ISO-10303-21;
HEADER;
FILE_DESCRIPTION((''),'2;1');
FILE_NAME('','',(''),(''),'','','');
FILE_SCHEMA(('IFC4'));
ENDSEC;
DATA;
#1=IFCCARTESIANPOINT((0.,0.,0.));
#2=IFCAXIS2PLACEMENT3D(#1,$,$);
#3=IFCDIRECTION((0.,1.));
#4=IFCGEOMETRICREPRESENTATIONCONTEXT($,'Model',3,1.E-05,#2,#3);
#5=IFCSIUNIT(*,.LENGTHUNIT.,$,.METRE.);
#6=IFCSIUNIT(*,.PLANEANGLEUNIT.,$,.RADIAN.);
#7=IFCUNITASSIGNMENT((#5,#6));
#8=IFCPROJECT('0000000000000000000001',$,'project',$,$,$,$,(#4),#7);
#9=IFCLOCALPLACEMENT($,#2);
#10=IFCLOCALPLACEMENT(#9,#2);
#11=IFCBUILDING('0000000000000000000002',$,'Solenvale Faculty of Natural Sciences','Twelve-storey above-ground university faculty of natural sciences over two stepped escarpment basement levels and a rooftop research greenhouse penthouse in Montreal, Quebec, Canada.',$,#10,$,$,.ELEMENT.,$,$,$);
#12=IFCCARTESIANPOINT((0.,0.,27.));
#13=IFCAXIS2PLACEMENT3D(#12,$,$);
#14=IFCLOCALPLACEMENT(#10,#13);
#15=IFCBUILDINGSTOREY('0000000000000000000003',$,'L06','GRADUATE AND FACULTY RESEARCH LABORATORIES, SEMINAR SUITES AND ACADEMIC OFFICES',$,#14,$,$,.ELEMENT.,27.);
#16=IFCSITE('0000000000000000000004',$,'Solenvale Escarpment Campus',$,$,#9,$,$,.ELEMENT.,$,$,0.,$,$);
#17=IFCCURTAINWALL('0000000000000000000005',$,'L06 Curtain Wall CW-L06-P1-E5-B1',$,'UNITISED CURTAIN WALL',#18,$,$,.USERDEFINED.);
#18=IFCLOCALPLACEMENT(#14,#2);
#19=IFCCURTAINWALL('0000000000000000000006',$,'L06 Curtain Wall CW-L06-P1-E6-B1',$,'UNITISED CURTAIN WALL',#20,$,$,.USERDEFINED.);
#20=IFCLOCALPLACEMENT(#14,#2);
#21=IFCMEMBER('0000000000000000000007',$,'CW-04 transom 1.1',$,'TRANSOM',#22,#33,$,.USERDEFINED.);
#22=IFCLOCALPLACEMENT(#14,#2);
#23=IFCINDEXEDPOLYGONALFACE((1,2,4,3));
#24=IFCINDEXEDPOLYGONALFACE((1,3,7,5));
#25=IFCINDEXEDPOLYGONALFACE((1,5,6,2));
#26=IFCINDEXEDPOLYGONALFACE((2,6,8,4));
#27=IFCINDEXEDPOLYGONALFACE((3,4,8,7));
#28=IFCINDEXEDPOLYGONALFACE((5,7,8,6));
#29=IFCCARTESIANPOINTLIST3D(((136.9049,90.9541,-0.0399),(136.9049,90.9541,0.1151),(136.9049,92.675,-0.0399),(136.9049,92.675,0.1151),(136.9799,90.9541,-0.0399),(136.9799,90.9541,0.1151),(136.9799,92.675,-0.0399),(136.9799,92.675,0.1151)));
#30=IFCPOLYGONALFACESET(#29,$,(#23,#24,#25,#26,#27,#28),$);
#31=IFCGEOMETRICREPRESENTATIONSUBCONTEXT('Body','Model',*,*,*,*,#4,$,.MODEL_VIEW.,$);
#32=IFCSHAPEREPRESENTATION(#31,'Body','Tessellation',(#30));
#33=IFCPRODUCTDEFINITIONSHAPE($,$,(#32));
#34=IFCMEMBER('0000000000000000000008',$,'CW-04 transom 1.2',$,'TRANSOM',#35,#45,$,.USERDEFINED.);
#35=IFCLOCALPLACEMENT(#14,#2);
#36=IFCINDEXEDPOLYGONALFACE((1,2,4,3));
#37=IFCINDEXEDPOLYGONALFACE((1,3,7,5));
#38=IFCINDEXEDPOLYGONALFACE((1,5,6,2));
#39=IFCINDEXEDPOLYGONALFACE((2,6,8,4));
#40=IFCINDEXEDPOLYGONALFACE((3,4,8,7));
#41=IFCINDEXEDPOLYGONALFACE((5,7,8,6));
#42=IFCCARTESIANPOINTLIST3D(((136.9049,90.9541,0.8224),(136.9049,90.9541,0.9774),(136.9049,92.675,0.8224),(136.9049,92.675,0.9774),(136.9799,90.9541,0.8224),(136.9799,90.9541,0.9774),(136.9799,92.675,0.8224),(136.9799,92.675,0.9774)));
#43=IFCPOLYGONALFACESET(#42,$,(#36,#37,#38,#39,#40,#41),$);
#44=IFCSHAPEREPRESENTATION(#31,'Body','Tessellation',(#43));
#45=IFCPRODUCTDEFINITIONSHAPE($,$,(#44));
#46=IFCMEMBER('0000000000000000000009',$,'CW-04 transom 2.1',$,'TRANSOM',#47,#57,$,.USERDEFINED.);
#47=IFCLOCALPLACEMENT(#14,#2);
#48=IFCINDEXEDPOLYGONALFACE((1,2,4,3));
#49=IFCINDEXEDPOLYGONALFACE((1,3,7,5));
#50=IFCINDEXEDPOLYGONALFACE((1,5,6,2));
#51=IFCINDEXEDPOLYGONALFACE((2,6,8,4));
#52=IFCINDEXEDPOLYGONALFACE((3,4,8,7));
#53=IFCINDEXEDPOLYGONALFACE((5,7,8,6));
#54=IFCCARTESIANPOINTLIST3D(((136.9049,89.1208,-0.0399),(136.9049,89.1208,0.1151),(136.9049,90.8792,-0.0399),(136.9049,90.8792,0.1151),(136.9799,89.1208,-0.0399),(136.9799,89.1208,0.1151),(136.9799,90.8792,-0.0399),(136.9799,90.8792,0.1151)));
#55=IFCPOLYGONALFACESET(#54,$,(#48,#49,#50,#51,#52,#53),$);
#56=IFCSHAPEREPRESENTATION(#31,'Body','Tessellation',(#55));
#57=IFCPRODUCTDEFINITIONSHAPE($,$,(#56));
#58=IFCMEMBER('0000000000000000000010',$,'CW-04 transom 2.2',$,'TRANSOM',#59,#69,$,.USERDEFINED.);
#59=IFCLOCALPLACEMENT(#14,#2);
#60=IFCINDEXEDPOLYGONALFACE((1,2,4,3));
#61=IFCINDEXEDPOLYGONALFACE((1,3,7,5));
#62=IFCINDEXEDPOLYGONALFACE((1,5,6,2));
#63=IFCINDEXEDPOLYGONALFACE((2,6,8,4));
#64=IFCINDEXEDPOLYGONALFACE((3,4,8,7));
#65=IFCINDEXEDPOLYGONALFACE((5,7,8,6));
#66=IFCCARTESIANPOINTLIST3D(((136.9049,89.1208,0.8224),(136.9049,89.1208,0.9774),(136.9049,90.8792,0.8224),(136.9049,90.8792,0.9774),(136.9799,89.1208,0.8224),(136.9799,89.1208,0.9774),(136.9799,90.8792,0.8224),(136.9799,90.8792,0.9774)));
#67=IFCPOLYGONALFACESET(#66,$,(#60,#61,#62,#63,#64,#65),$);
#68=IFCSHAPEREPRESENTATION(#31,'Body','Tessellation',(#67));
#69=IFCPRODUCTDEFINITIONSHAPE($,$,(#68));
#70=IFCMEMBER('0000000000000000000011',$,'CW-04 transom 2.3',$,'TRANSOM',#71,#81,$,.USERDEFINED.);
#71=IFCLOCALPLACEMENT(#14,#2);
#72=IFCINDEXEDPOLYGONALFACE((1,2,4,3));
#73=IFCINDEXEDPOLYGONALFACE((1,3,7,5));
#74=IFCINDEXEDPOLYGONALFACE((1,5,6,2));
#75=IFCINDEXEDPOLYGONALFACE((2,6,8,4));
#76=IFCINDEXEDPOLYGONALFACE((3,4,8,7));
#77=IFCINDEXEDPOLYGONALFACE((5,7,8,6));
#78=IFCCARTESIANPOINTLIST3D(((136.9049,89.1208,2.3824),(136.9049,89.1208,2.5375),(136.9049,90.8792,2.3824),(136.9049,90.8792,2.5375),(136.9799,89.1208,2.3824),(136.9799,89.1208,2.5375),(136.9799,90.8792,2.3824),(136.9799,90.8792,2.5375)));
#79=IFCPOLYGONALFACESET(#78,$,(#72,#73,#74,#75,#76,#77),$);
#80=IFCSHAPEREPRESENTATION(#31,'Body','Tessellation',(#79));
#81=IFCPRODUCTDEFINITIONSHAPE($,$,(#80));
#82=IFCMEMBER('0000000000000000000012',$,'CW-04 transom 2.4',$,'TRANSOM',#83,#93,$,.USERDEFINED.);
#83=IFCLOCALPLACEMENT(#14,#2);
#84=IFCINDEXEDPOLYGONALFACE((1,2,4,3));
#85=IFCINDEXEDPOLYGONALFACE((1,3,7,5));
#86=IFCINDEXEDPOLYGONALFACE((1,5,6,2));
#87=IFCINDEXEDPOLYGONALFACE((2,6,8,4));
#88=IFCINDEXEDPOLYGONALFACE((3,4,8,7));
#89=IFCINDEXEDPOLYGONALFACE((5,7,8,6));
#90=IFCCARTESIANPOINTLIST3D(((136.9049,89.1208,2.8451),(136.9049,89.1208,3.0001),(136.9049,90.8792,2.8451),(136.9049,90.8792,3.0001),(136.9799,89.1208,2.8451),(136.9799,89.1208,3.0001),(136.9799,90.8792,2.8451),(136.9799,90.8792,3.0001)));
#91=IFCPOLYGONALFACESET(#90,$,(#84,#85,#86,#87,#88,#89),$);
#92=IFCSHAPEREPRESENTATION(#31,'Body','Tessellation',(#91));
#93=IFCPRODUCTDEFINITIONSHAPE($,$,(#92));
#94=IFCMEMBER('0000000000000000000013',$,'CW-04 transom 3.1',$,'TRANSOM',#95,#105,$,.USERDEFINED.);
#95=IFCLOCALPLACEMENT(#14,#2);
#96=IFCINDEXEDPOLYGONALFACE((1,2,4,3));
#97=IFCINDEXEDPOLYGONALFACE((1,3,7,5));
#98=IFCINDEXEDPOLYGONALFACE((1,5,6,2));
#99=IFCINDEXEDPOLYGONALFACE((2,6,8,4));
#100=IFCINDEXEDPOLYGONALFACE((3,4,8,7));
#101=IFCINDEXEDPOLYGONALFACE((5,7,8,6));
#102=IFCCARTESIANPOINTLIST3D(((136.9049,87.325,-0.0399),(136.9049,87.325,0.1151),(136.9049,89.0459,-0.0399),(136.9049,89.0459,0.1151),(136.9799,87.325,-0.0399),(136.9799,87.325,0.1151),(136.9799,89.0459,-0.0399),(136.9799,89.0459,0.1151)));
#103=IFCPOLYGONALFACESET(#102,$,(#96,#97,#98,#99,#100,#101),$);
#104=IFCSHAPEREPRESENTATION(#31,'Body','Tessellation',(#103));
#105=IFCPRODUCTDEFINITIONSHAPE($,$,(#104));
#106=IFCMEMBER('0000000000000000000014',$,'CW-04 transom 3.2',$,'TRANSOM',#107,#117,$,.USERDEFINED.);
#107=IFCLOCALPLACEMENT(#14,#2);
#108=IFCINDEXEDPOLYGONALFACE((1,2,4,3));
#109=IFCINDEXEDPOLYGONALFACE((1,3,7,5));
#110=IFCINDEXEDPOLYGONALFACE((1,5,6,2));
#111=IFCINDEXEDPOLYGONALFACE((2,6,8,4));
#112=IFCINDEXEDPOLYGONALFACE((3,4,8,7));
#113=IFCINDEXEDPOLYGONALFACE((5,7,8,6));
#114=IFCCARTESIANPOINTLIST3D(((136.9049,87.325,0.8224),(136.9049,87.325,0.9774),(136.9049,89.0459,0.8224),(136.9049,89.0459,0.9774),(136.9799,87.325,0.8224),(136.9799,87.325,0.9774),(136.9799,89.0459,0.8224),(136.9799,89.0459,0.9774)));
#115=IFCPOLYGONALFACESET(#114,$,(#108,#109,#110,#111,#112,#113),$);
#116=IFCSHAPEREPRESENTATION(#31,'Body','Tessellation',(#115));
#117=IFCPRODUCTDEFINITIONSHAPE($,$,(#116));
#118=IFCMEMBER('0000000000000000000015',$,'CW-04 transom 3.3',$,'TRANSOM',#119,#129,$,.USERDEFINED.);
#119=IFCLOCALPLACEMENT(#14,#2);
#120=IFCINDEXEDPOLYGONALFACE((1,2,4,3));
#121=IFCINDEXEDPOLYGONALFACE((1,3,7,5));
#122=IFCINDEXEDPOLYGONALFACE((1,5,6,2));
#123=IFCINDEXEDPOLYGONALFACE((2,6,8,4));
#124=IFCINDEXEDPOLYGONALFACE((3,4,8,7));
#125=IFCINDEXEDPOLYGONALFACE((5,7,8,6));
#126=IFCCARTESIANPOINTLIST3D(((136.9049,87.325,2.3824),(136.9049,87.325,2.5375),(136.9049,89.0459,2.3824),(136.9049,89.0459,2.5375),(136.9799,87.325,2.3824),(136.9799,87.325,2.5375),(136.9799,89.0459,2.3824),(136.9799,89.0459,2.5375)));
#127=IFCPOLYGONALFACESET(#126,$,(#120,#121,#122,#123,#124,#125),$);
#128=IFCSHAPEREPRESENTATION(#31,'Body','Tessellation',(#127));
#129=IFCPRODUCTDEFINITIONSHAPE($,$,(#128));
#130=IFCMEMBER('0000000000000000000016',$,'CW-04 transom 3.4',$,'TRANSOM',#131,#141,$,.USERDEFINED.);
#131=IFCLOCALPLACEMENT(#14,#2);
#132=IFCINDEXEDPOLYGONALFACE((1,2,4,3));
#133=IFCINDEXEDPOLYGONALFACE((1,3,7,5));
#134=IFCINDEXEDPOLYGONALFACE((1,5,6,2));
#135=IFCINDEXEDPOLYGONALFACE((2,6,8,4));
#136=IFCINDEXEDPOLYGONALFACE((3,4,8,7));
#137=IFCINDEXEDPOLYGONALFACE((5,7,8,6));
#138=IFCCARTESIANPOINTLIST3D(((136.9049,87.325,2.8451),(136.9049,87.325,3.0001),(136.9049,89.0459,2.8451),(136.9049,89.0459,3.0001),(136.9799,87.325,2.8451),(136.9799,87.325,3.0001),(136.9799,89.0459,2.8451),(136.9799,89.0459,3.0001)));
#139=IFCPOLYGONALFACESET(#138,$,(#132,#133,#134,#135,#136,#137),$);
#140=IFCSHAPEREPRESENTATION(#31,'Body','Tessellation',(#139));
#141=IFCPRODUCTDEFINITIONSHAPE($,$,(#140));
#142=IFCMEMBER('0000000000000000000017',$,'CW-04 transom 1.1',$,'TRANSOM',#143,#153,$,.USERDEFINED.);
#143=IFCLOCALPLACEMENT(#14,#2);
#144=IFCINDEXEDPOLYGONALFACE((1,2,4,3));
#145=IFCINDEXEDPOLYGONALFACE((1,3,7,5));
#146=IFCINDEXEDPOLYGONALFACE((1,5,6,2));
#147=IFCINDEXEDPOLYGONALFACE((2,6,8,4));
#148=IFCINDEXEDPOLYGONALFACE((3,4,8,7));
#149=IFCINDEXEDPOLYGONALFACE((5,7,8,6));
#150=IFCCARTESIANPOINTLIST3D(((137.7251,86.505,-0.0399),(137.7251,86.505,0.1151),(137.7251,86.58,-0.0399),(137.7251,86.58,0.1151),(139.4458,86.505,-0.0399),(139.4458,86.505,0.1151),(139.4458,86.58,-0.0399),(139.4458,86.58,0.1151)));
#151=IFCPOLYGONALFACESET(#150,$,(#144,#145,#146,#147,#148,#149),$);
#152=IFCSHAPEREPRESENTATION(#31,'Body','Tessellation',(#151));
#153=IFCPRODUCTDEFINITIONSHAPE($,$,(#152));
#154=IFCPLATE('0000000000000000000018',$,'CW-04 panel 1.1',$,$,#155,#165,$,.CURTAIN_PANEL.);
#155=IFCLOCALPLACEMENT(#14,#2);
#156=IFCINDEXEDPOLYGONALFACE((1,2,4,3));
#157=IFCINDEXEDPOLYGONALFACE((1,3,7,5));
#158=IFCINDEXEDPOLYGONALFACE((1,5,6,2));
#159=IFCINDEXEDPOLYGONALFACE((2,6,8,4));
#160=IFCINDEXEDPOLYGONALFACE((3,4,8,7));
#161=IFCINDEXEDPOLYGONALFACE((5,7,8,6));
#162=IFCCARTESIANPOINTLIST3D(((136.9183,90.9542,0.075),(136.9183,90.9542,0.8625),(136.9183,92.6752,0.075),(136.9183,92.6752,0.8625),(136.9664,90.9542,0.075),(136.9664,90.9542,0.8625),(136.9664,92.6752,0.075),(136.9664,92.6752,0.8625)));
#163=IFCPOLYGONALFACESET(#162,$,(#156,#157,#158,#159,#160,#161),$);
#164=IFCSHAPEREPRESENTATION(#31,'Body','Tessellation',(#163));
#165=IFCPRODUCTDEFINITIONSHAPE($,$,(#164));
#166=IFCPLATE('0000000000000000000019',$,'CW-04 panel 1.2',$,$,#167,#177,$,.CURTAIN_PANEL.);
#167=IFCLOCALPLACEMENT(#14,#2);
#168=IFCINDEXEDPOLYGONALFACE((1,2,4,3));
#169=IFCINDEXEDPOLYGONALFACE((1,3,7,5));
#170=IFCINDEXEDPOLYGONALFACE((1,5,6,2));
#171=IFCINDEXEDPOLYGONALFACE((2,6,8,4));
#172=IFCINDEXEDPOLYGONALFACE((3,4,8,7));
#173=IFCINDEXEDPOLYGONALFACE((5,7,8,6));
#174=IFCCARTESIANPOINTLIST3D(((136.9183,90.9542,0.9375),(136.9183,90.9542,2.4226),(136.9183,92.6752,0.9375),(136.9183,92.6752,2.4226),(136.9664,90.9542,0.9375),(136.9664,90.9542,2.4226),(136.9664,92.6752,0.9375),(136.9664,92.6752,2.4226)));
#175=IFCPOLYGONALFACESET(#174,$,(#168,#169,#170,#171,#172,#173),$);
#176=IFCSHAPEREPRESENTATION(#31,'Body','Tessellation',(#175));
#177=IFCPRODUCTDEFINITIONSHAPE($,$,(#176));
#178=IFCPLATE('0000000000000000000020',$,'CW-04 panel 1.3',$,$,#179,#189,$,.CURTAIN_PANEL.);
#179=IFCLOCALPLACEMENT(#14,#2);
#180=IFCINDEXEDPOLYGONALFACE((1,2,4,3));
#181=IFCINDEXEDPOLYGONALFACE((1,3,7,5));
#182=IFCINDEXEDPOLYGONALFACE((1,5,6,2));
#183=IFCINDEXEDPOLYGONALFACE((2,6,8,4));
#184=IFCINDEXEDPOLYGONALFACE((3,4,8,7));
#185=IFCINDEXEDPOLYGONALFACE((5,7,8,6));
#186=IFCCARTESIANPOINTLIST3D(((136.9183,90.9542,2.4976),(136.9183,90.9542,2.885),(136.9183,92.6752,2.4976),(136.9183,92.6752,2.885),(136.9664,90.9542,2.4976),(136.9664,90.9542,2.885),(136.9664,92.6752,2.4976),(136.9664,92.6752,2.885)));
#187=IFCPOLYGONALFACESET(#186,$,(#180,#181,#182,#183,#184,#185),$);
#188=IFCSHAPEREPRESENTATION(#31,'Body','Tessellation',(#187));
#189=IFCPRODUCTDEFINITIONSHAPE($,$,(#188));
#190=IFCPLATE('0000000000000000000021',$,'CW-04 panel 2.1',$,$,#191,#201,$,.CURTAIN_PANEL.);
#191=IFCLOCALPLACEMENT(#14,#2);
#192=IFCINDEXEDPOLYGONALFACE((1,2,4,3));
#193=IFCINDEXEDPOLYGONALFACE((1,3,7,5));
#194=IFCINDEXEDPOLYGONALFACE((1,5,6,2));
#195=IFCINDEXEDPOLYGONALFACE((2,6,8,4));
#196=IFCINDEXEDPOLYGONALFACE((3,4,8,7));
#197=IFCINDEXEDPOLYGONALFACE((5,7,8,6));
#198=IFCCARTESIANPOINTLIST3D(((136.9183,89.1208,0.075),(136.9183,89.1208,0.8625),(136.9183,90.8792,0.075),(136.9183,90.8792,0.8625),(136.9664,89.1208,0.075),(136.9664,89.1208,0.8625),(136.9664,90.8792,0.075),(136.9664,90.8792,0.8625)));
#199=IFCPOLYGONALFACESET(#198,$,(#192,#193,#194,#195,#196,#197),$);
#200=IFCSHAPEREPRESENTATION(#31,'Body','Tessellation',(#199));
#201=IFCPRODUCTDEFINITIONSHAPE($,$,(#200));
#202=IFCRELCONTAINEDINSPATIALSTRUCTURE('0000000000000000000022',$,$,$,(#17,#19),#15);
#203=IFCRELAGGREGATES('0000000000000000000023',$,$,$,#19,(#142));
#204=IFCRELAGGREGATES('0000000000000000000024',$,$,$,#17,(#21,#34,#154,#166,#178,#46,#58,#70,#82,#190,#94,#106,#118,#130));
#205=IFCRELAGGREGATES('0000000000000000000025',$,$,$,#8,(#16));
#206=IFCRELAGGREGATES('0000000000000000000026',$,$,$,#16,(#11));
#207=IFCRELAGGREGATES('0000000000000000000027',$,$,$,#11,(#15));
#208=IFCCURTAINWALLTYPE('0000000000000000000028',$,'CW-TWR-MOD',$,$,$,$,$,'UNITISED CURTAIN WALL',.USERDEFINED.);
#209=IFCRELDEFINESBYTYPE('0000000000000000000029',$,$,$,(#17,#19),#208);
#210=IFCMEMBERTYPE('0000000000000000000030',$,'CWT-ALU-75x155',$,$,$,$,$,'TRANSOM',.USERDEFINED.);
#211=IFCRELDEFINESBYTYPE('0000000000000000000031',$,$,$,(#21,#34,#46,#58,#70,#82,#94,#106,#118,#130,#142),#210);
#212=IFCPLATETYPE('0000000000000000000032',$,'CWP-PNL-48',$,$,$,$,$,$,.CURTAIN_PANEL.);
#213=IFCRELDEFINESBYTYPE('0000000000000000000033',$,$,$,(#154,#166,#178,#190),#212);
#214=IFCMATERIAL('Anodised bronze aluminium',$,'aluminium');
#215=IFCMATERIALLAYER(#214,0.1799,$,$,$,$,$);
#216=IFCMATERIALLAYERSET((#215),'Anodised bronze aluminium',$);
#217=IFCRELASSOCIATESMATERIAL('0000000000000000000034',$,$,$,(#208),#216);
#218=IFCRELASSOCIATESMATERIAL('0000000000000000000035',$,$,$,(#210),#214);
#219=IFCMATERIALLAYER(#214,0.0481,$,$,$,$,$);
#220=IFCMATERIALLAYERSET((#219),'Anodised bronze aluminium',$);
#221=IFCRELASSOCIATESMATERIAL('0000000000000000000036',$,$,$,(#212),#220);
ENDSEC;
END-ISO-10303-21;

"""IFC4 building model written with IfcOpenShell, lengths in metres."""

from ifc_helpers import new_model, si_unit, direction, frame, origin, origin_2d, place, context, subcontext, project, spatial, rectangle, extrude, material, layer, layer_set, material_profile, profile_set, type_object, element, aggregate, save


model = new_model("IFC4")

# Units and contexts
model_context = context("Model", 3, precision=1e-05, world=origin(), true_north=direction((0.0, 1.0)))
body_context = subcontext(model_context, "Body", "Model", "MODEL_VIEW")
ifc_project = project(units=[si_unit("LENGTHUNIT", "METRE"), si_unit("PLANEANGLEUNIT", "RADIAN")], contexts=[model_context])

# Site, building, storey
site_placement = place(None, origin())
site = spatial("IfcSite", under=ifc_project, at=site_placement, Name="Solenvale Escarpment Campus", CompositionType="ELEMENT", RefElevation=0.0)
building_placement = place(site_placement, origin())
building = spatial("IfcBuilding", under=site, at=building_placement, Name="Solenvale Faculty of Natural Sciences", Description="Twelve-storey above-ground university faculty of natural sciences over two stepped escarpment basement levels and a rooftop research greenhouse penthouse in Montreal, Quebec, Canada.", CompositionType="ELEMENT")
storey_placement = place(building_placement, frame((0.0, 0.0, 27.0)))
storey = spatial("IfcBuildingStorey", under=building, at=storey_placement, Name="L06", Description="GRADUATE AND FACULTY RESEARCH LABORATORIES, SEMINAR SUITES AND ACADEMIC OFFICES", CompositionType="ELEMENT", Elevation=27.0)

# Curtain wall
ifc_material_1 = material(Name="Anodised bronze aluminium", Category="aluminium")
ifc_layer_1 = layer(ifc_material_1, 0.1799)
ifc_layer_set_1 = layer_set([ifc_layer_1], Name="Anodised bronze aluminium")
curtain_wall_type = type_object("IfcCurtainWallType", Name="CW-TWR-MOD", ElementType="UNITISED CURTAIN WALL", PredefinedType="USERDEFINED", material=ifc_layer_set_1)
curtain_wall_1_placement = place(storey_placement, origin())
curtain_wall_1 = element("IfcCurtainWall", 1, at=curtain_wall_1_placement, inside=storey, type_object=curtain_wall_type, Name="L06 Curtain Wall CW-L06-P1-E5-B1", ObjectType="UNITISED CURTAIN WALL", PredefinedType="USERDEFINED")

# Curtain wall
curtain_wall_2_placement = place(storey_placement, origin())
curtain_wall_2 = element("IfcCurtainWall", 2, at=curtain_wall_2_placement, inside=storey, type_object=curtain_wall_type, Name="L06 Curtain Wall CW-L06-P1-E6-B1", ObjectType="UNITISED CURTAIN WALL", PredefinedType="USERDEFINED")

# Members
ifc_material_profile_1 = material_profile(ifc_material_1, rectangle(XDim=0.075, YDim=0.155, at=origin_2d()), Name="ALU-TRN-75x155")
ifc_profile_set_1 = profile_set([ifc_material_profile_1], Name="Anodised bronze aluminium")
member_type_1 = type_object("IfcMemberType", Name="CWT-ALU-75x155", ElementType="TRANSOM", PredefinedType="USERDEFINED", material=ifc_profile_set_1)
member_1_placement = place(storey_placement, frame((136.9424, 92.675, 0.0376), z_axis=(0.0, -1.0, 0.0), x_axis=(1.0, 0.0, 0.0)))
member_1 = element("IfcMember", 3, at=member_1_placement, type_object=member_type_1, Name="CW-04 transom 1.1", ObjectType="TRANSOM", PredefinedType="USERDEFINED", context=body_context, shape_type="SweptSolid", body=[
    extrude(rectangle(XDim=0.075, YDim=0.155, at=origin_2d()), origin(), (0.0, 0.0, 1.0), 1.7209),
])
member_2_placement = place(storey_placement, frame((136.9424, 92.675, 0.8999), z_axis=(0.0, -1.0, 0.0), x_axis=(1.0, 0.0, 0.0)))
member_2 = element("IfcMember", 4, at=member_2_placement, type_object=member_type_1, Name="CW-04 transom 1.2", ObjectType="TRANSOM", PredefinedType="USERDEFINED", context=body_context, shape_type="SweptSolid", body=[
    extrude(rectangle(XDim=0.075, YDim=0.155, at=origin_2d()), origin(), (0.0, 0.0, 1.0), 1.7209),
])
member_3_placement = place(storey_placement, frame((136.9424, 90.8792, 0.0376), z_axis=(0.0, -1.0, 0.0), x_axis=(1.0, 0.0, 0.0)))
member_3 = element("IfcMember", 5, at=member_3_placement, type_object=member_type_1, Name="CW-04 transom 2.1", ObjectType="TRANSOM", PredefinedType="USERDEFINED", context=body_context, shape_type="SweptSolid", body=[
    extrude(rectangle(XDim=0.075, YDim=0.155, at=origin_2d()), origin(), (0.0, 0.0, 1.0), 1.7583),
])
member_4_placement = place(storey_placement, frame((136.9424, 90.8792, 0.8999), z_axis=(0.0, -1.0, 0.0), x_axis=(1.0, 0.0, 0.0)))
member_4 = element("IfcMember", 6, at=member_4_placement, type_object=member_type_1, Name="CW-04 transom 2.2", ObjectType="TRANSOM", PredefinedType="USERDEFINED", context=body_context, shape_type="SweptSolid", body=[
    extrude(rectangle(XDim=0.075, YDim=0.155, at=origin_2d()), origin(), (0.0, 0.0, 1.0), 1.7583),
])
member_5_placement = place(storey_placement, frame((136.9424, 90.8792, 2.46), z_axis=(0.0, -1.0, 0.0), x_axis=(1.0, 0.0, 0.0)))
member_5 = element("IfcMember", 7, at=member_5_placement, type_object=member_type_1, Name="CW-04 transom 2.3", ObjectType="TRANSOM", PredefinedType="USERDEFINED", context=body_context, shape_type="SweptSolid", body=[
    extrude(rectangle(XDim=0.075, YDim=0.155, at=origin_2d()), origin(), (0.0, 0.0, 1.0), 1.7583),
])
member_6_placement = place(storey_placement, frame((136.9424, 90.8792, 2.9226), z_axis=(0.0, -1.0, 0.0), x_axis=(1.0, 0.0, 0.0)))
member_6 = element("IfcMember", 8, at=member_6_placement, type_object=member_type_1, Name="CW-04 transom 2.4", ObjectType="TRANSOM", PredefinedType="USERDEFINED", context=body_context, shape_type="SweptSolid", body=[
    extrude(rectangle(XDim=0.075, YDim=0.155, at=origin_2d()), origin(), (0.0, 0.0, 1.0), 1.7583),
])
member_7_placement = place(storey_placement, frame((136.9424, 89.0459, 0.0376), z_axis=(0.0, -1.0, 0.0), x_axis=(1.0, 0.0, 0.0)))
member_7 = element("IfcMember", 9, at=member_7_placement, type_object=member_type_1, Name="CW-04 transom 3.1", ObjectType="TRANSOM", PredefinedType="USERDEFINED", context=body_context, shape_type="SweptSolid", body=[
    extrude(rectangle(XDim=0.075, YDim=0.155, at=origin_2d()), origin(), (0.0, 0.0, 1.0), 1.7209),
])
member_8_placement = place(storey_placement, frame((136.9424, 89.0459, 0.8999), z_axis=(0.0, -1.0, 0.0), x_axis=(1.0, 0.0, 0.0)))
member_8 = element("IfcMember", 10, at=member_8_placement, type_object=member_type_1, Name="CW-04 transom 3.2", ObjectType="TRANSOM", PredefinedType="USERDEFINED", context=body_context, shape_type="SweptSolid", body=[
    extrude(rectangle(XDim=0.075, YDim=0.155, at=origin_2d()), origin(), (0.0, 0.0, 1.0), 1.7209),
])
member_9_placement = place(storey_placement, frame((136.9424, 89.0459, 2.46), z_axis=(0.0, -1.0, 0.0), x_axis=(1.0, 0.0, 0.0)))
member_9 = element("IfcMember", 11, at=member_9_placement, type_object=member_type_1, Name="CW-04 transom 3.3", ObjectType="TRANSOM", PredefinedType="USERDEFINED", context=body_context, shape_type="SweptSolid", body=[
    extrude(rectangle(XDim=0.075, YDim=0.155, at=origin_2d()), origin(), (0.0, 0.0, 1.0), 1.7209),
])
member_10_placement = place(storey_placement, frame((136.9424, 89.0459, 2.9226), z_axis=(0.0, -1.0, 0.0), x_axis=(1.0, 0.0, 0.0)))
member_10 = element("IfcMember", 12, at=member_10_placement, type_object=member_type_1, Name="CW-04 transom 3.4", ObjectType="TRANSOM", PredefinedType="USERDEFINED", context=body_context, shape_type="SweptSolid", body=[
    extrude(rectangle(XDim=0.075, YDim=0.155, at=origin_2d()), origin(), (0.0, 0.0, 1.0), 1.7209),
])
member_11_placement = place(storey_placement, frame((137.7251, 86.5425, 0.0376), z_axis=(1.0, 0.0, 0.0), x_axis=(0.0, 1.0, 0.0)))
member_11 = element("IfcMember", 13, at=member_11_placement, type_object=member_type_1, Name="CW-04 transom 1.1", ObjectType="TRANSOM", PredefinedType="USERDEFINED", context=body_context, shape_type="SweptSolid", body=[
    extrude(rectangle(XDim=0.075, YDim=0.155, at=origin_2d()), origin(), (0.0, 0.0, 1.0), 1.7207),
])
aggregate(curtain_wall_2, [member_11])

# Plates
ifc_layer_2 = layer(ifc_material_1, 0.0481)
ifc_layer_set_2 = layer_set([ifc_layer_2], Name="Anodised bronze aluminium")
plate_type = type_object("IfcPlateType", Name="CWP-PNL-48", PredefinedType="CURTAIN_PANEL", material=ifc_layer_set_2)
plate_1_placement = place(storey_placement, frame((136.9424, 91.8147, 0.075), z_axis=(0.0, 0.0, 1.0), x_axis=(0.0, -1.0, 0.0)))
plate_1 = element("IfcPlate", 14, at=plate_1_placement, type_object=plate_type, Name="CW-04 panel 1.1", PredefinedType="CURTAIN_PANEL", context=body_context, shape_type="SweptSolid", body=[
    extrude(rectangle(XDim=1.7209, YDim=0.0481, at=origin_2d()), origin(), (0.0, 0.0, 1.0), 0.7876),
])
plate_2_placement = place(storey_placement, frame((136.9424, 91.8147, 0.9375), z_axis=(0.0, 0.0, 1.0), x_axis=(0.0, -1.0, 0.0)))
plate_2 = element("IfcPlate", 15, at=plate_2_placement, type_object=plate_type, Name="CW-04 panel 1.2", PredefinedType="CURTAIN_PANEL", context=body_context, shape_type="SweptSolid", body=[
    extrude(rectangle(XDim=1.7209, YDim=0.0481, at=origin_2d()), origin(), (0.0, 0.0, 1.0), 1.4851),
])
plate_3_placement = place(storey_placement, frame((136.9424, 91.8147, 2.4976), z_axis=(0.0, 0.0, 1.0), x_axis=(0.0, -1.0, 0.0)))
plate_3 = element("IfcPlate", 16, at=plate_3_placement, type_object=plate_type, Name="CW-04 panel 1.3", PredefinedType="CURTAIN_PANEL", context=body_context, shape_type="SweptSolid", body=[
    extrude(rectangle(XDim=1.7209, YDim=0.0481, at=origin_2d()), origin(), (0.0, 0.0, 1.0), 0.3875),
])
plate_4_placement = place(storey_placement, frame((136.9424, 90.0, 0.075), z_axis=(0.0, 0.0, 1.0), x_axis=(0.0, -1.0, 0.0)))
plate_4 = element("IfcPlate", 17, at=plate_4_placement, type_object=plate_type, Name="CW-04 panel 2.1", PredefinedType="CURTAIN_PANEL", context=body_context, shape_type="SweptSolid", body=[
    extrude(rectangle(XDim=1.7583, YDim=0.0481, at=origin_2d()), origin(), (0.0, 0.0, 1.0), 0.7876),
])
aggregate(curtain_wall_1, [member_1, member_2, plate_1, plate_2, plate_3, member_3, member_4, member_5, member_6, plate_4, member_7, member_8, member_9, member_10])

save(model, "model.ifc")
